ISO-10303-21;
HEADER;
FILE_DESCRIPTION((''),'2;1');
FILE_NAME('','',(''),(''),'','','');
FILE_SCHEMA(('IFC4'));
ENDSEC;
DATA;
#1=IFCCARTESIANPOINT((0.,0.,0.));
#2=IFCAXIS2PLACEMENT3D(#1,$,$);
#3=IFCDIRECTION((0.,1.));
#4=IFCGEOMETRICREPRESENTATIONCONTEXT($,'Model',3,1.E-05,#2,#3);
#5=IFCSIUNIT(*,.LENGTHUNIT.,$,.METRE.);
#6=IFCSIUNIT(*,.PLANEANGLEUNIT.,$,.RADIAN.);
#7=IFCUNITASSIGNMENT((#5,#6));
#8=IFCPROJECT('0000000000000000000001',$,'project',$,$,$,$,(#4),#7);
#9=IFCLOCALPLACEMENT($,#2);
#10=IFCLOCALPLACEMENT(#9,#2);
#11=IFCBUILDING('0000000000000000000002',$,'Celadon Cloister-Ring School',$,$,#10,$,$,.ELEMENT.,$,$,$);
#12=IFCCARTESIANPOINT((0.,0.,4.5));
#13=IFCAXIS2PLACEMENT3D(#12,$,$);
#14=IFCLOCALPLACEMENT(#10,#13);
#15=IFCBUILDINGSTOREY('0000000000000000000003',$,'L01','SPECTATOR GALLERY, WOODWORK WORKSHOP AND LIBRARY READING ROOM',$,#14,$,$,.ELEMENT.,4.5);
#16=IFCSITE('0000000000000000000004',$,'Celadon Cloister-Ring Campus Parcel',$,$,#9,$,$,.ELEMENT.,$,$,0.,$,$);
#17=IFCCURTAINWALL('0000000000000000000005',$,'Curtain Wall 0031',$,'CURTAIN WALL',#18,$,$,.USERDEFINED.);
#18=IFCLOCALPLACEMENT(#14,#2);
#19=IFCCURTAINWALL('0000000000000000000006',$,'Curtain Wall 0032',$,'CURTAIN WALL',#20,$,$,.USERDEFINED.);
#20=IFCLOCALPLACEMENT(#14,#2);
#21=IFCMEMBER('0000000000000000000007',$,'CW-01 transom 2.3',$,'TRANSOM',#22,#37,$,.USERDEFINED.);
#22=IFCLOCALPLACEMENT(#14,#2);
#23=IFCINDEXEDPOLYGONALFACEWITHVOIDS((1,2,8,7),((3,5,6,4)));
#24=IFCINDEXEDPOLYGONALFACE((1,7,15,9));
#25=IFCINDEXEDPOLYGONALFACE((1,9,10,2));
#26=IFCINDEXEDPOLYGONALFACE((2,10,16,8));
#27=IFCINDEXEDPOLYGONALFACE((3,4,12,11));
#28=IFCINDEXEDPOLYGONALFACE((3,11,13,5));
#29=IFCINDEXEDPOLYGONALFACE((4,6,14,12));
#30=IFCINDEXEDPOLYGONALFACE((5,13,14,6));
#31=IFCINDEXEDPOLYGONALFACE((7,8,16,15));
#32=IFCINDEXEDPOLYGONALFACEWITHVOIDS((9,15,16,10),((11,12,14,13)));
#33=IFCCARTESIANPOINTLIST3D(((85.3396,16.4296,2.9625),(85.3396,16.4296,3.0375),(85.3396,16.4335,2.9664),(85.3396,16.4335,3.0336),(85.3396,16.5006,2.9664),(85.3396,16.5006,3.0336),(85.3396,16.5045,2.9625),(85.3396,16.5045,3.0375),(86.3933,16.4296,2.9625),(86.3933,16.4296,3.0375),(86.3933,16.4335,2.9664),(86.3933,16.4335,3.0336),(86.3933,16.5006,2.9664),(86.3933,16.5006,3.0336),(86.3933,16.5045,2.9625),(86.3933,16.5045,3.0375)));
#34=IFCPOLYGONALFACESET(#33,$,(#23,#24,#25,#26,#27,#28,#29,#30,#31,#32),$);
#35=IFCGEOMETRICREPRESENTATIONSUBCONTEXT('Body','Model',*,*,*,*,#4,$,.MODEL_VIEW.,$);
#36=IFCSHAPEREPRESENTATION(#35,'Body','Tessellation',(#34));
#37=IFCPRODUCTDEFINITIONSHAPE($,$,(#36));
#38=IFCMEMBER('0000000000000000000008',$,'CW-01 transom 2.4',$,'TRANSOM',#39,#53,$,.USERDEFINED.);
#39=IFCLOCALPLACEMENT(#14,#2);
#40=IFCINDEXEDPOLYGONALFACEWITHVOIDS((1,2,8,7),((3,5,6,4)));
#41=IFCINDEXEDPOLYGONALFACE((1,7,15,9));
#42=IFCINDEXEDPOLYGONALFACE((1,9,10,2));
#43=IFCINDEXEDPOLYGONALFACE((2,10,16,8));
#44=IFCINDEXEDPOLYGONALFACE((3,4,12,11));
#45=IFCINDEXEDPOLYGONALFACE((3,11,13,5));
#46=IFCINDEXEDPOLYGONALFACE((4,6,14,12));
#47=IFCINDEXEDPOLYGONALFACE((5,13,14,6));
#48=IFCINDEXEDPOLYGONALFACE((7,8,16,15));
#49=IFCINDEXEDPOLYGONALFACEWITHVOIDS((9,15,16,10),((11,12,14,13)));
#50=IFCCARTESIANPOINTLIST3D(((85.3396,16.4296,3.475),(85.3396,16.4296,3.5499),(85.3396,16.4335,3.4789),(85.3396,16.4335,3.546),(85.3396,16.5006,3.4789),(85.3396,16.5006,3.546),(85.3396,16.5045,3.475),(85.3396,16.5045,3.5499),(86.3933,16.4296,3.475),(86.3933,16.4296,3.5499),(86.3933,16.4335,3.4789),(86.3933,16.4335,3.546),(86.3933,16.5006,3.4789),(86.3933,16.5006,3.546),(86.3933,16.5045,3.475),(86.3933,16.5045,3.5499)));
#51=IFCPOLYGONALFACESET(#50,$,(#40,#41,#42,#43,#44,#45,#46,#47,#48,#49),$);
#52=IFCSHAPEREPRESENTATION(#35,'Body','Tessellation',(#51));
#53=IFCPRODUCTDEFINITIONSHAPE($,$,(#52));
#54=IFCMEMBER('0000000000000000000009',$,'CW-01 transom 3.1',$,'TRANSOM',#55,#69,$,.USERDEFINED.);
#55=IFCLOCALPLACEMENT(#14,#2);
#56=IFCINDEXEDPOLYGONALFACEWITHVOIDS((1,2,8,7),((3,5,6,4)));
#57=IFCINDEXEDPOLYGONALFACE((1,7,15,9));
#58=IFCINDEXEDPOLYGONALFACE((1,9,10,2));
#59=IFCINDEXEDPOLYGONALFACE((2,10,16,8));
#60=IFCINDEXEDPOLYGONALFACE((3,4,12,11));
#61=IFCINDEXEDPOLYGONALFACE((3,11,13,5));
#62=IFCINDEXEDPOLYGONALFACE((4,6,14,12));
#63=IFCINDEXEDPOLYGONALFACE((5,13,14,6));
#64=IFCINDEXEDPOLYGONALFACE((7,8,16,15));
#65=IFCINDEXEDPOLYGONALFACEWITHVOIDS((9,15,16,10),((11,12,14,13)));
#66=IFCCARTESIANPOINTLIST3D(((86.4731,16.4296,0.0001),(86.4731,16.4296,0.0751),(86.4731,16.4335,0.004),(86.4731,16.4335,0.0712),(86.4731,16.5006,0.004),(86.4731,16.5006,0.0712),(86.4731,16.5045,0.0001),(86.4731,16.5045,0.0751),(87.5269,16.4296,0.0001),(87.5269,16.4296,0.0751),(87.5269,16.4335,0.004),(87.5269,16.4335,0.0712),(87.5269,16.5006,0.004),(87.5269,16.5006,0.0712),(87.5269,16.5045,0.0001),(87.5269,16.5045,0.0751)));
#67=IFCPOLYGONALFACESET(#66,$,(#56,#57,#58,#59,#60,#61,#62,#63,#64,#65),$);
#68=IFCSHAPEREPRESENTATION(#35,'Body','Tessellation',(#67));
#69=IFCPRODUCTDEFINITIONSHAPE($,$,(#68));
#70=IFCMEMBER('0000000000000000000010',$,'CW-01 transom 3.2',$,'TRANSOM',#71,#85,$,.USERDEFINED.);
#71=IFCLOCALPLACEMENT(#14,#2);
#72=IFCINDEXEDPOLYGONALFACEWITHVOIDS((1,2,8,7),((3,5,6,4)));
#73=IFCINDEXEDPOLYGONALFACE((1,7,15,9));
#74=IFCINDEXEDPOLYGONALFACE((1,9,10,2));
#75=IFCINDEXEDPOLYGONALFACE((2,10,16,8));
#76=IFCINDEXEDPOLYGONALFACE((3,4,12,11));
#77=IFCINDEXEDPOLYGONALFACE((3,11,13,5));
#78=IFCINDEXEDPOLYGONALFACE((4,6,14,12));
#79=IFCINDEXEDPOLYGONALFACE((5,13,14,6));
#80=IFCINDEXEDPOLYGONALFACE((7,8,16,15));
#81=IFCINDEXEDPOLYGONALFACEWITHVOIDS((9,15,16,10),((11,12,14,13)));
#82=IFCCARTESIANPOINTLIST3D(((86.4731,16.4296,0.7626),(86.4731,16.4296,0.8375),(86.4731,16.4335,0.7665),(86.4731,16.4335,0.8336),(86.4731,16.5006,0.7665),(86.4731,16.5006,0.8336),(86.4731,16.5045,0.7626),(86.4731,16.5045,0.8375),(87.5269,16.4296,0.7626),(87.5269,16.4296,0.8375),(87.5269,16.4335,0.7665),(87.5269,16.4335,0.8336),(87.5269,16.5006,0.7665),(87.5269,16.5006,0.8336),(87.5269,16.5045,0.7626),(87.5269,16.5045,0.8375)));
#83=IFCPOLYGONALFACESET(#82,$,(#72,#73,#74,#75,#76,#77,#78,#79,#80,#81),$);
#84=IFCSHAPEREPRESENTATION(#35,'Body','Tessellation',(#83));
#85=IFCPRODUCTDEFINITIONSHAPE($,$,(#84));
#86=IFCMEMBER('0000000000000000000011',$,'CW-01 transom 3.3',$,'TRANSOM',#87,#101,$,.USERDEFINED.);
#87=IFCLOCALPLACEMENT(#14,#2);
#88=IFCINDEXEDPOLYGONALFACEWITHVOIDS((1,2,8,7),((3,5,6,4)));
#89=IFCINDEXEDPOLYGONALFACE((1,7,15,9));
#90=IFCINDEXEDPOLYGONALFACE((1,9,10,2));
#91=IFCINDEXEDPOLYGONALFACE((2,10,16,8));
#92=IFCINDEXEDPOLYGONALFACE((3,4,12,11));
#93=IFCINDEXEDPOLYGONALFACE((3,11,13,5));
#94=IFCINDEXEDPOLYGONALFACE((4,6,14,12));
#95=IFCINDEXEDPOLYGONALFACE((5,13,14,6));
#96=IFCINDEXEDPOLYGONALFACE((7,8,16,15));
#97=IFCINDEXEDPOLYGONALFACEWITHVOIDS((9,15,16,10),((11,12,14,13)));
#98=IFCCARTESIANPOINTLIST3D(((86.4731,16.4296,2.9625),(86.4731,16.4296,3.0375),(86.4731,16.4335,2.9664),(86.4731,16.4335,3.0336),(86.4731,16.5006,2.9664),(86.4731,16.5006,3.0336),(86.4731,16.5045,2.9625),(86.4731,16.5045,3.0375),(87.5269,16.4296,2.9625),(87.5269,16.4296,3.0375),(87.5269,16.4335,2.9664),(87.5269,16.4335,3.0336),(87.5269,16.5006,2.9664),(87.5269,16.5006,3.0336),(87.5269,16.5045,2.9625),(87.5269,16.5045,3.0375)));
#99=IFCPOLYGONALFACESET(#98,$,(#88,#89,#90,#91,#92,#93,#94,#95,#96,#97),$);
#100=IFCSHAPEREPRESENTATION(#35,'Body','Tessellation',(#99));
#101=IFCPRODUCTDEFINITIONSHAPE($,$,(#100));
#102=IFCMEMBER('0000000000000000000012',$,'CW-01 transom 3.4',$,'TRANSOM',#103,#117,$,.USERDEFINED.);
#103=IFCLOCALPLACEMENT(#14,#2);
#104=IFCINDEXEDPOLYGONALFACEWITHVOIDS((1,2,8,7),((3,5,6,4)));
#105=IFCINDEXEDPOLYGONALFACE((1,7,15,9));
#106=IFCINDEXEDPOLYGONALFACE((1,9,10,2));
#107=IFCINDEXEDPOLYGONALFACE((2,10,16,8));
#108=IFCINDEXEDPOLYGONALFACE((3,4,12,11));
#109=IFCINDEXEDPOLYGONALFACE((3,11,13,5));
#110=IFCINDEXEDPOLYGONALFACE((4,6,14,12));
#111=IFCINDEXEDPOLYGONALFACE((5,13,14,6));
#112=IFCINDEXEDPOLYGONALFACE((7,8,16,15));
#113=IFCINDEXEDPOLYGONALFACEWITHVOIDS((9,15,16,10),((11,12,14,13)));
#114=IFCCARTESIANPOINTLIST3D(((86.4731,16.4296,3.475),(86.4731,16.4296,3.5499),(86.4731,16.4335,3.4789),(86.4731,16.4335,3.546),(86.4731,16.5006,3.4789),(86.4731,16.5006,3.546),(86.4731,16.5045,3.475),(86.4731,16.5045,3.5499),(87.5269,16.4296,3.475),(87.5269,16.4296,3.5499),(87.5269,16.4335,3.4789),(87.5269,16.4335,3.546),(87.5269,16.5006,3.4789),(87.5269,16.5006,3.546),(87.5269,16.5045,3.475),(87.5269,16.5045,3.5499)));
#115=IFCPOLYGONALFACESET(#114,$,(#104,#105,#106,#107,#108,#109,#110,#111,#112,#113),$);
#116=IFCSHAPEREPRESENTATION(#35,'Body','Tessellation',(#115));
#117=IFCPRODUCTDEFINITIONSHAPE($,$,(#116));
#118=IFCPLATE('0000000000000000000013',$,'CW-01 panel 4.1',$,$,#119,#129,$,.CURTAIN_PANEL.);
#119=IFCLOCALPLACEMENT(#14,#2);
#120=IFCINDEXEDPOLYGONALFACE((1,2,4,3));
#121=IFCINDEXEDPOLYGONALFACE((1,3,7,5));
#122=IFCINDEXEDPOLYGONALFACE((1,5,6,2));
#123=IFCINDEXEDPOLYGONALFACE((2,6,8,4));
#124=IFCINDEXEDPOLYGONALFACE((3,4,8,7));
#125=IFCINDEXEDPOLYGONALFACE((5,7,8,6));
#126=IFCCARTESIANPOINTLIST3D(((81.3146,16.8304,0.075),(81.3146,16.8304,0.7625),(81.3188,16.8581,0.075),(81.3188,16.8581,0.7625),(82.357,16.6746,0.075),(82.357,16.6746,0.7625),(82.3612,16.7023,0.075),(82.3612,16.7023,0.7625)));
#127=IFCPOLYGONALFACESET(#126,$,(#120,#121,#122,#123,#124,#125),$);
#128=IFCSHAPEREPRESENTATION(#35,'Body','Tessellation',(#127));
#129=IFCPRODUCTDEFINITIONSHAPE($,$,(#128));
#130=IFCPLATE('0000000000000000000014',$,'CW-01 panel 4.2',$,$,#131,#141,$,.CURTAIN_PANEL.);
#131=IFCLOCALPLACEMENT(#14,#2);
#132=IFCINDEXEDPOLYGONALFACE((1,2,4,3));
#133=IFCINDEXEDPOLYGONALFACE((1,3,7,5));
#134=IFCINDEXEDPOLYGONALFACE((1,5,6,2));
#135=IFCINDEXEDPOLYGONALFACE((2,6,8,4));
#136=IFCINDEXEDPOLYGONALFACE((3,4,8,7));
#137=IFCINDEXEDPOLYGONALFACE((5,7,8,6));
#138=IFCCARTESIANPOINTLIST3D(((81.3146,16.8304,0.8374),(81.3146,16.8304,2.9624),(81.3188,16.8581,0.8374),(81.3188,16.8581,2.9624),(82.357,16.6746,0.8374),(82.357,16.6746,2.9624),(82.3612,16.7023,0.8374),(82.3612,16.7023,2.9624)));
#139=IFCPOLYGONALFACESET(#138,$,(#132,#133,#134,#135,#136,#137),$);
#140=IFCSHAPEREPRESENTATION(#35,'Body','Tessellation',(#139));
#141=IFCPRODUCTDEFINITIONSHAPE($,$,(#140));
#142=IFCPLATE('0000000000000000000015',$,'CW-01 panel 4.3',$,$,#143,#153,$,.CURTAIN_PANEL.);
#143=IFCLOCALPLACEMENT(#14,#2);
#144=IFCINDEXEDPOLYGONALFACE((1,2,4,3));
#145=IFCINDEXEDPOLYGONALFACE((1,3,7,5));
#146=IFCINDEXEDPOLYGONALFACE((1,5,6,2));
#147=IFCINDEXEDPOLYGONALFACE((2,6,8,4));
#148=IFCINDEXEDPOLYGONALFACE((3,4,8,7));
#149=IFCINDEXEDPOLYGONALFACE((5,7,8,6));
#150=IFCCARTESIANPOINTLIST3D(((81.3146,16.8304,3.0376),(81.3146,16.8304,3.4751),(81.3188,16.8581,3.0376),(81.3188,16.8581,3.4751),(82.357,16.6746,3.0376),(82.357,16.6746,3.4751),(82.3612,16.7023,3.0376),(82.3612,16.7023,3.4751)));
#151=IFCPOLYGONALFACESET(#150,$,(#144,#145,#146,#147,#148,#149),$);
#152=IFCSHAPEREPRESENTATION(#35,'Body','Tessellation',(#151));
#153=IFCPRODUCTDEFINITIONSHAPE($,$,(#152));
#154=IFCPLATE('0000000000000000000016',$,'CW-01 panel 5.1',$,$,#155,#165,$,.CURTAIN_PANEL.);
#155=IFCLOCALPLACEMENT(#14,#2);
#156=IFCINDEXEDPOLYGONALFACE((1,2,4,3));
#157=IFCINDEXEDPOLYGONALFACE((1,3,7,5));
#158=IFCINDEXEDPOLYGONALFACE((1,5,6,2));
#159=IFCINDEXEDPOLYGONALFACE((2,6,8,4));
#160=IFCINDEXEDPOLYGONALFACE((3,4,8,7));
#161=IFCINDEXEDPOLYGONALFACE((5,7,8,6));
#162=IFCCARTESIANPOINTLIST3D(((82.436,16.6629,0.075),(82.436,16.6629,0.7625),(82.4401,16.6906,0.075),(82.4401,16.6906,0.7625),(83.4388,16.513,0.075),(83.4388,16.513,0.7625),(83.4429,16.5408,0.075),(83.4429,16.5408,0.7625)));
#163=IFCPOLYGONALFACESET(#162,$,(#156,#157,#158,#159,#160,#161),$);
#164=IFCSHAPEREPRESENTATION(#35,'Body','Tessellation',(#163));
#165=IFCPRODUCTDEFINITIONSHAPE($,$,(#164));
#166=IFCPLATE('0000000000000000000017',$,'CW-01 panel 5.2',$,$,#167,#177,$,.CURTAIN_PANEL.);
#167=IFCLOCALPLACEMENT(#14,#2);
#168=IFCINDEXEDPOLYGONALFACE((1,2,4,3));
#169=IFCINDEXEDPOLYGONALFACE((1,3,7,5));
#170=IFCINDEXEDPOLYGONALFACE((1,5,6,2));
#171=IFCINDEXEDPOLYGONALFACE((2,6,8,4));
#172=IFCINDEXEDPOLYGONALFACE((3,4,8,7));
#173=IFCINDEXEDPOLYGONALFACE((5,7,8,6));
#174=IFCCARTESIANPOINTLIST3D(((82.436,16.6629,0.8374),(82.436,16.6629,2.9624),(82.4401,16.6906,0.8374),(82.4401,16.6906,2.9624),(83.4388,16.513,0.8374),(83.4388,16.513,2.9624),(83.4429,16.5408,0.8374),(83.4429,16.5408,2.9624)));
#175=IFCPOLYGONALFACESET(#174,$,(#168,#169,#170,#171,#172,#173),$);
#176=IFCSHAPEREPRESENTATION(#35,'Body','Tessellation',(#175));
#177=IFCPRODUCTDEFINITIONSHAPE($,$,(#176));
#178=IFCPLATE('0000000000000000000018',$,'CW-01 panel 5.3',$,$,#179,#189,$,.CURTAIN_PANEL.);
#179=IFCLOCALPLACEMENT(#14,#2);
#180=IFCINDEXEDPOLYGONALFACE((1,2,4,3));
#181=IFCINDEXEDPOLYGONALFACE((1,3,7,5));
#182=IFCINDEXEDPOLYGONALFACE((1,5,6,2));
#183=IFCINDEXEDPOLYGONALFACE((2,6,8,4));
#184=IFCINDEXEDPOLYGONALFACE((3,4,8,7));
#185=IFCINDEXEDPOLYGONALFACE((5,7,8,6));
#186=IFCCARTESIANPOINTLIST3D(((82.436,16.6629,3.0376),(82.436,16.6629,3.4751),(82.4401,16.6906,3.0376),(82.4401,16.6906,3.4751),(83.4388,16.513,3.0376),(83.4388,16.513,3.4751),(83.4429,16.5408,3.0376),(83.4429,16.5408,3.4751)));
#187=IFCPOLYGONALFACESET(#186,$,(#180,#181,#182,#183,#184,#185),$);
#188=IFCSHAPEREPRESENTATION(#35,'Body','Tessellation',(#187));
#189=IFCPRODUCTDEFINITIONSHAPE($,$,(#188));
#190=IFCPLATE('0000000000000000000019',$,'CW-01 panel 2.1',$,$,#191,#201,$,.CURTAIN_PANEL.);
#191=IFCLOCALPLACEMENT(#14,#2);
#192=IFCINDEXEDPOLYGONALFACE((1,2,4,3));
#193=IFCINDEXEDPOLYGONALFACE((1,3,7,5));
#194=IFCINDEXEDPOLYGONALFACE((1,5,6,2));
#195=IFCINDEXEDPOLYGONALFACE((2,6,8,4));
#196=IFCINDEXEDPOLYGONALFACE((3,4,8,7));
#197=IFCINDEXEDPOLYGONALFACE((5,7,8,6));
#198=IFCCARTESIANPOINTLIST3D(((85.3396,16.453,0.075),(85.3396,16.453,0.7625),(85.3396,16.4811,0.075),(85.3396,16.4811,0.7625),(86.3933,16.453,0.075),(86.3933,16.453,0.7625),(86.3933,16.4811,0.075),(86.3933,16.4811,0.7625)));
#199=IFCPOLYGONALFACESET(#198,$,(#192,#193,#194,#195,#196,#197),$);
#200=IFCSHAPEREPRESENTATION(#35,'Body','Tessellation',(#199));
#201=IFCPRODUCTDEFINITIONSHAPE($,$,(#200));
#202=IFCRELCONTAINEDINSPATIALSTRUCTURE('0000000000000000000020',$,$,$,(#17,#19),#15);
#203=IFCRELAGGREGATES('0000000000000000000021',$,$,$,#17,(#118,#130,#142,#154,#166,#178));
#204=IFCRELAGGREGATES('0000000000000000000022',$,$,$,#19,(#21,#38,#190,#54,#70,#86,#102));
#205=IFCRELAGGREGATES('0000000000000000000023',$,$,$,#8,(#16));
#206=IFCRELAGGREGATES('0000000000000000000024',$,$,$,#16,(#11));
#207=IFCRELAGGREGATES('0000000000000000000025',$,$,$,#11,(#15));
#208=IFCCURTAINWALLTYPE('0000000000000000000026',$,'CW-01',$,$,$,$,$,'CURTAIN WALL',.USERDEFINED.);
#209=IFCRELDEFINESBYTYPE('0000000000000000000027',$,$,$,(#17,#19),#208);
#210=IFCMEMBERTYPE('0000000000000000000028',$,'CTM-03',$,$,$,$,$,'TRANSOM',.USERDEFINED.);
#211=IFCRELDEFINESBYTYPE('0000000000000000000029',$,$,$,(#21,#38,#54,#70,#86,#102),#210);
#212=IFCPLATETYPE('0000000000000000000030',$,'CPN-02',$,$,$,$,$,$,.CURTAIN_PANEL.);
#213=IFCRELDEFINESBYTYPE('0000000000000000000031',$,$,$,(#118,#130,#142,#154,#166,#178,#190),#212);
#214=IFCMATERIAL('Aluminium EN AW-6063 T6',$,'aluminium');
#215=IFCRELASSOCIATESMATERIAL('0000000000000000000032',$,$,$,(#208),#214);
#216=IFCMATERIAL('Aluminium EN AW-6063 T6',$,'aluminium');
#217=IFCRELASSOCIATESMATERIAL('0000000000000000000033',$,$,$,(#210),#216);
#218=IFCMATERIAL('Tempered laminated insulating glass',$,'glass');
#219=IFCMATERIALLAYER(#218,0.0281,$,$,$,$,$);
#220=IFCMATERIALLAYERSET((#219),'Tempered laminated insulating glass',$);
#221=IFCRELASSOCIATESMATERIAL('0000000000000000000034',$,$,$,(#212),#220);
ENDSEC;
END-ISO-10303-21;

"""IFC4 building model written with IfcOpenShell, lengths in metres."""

from ifc_helpers import new_model, si_unit, direction, frame, origin, origin_2d, place, context, subcontext, project, spatial, rectangle, hollow_rectangle, extrude, material, layer, layer_set, material_profile, profile_set, type_object, element, aggregate, save


model = new_model("IFC4")

# Units and contexts
model_context = context("Model", 3, precision=1e-05, world=origin(), true_north=direction((0.0, 1.0)))
body_context = subcontext(model_context, "Body", "Model", "MODEL_VIEW")
ifc_project = project(units=[si_unit("LENGTHUNIT", "METRE"), si_unit("PLANEANGLEUNIT", "RADIAN")], contexts=[model_context])

# Site, building, storey
site_placement = place(None, origin())
site = spatial("IfcSite", under=ifc_project, at=site_placement, Name="Celadon Cloister-Ring Campus Parcel", CompositionType="ELEMENT", RefElevation=0.0)
building_placement = place(site_placement, origin())
building = spatial("IfcBuilding", under=site, at=building_placement, Name="Celadon Cloister-Ring School", CompositionType="ELEMENT")
storey_placement = place(building_placement, frame((0.0, 0.0, 4.5)))
storey = spatial("IfcBuildingStorey", under=building, at=storey_placement, Name="L01", Description="SPECTATOR GALLERY, WOODWORK WORKSHOP AND LIBRARY READING ROOM", CompositionType="ELEMENT", Elevation=4.5)

# Curtain wall
ifc_material_1 = material(Name="Aluminium EN AW-6063 T6", Category="aluminium")
curtain_wall_type = type_object("IfcCurtainWallType", Name="CW-01", ElementType="CURTAIN WALL", PredefinedType="USERDEFINED", material=ifc_material_1)
curtain_wall_1_placement = place(storey_placement, origin())
curtain_wall_1 = element("IfcCurtainWall", 1, at=curtain_wall_1_placement, inside=storey, type_object=curtain_wall_type, Name="Curtain Wall 0031", ObjectType="CURTAIN WALL", PredefinedType="USERDEFINED")

# Curtain wall
curtain_wall_2_placement = place(storey_placement, origin())
curtain_wall_2 = element("IfcCurtainWall", 2, at=curtain_wall_2_placement, inside=storey, type_object=curtain_wall_type, Name="Curtain Wall 0032", ObjectType="CURTAIN WALL", PredefinedType="USERDEFINED")

# Members
ifc_material_2 = material(Name="Aluminium EN AW-6063 T6", Category="aluminium")
ifc_material_profile_1 = material_profile(ifc_material_2, hollow_rectangle(XDim=0.075, YDim=0.075, WallThickness=0.0039, at=origin_2d()), Name="RHS75X75X4")
ifc_profile_set_1 = profile_set([ifc_material_profile_1], Name="Aluminium EN AW-6063 T6")
member_type_1 = type_object("IfcMemberType", Name="CTM-03", ElementType="TRANSOM", PredefinedType="USERDEFINED", material=ifc_profile_set_1)
member_1_placement = place(storey_placement, frame((85.3396, 16.467, 3.0), z_axis=(1.0, 0.0, 0.0), x_axis=(0.0, 1.0, 0.0)))
member_1 = element("IfcMember", 3, at=member_1_placement, type_object=member_type_1, Name="CW-01 transom 2.3", ObjectType="TRANSOM", PredefinedType="USERDEFINED", context=body_context, shape_type="SweptSolid", body=[
    extrude(hollow_rectangle(XDim=0.075, YDim=0.075, WallThickness=0.0039, at=origin_2d()), origin(), (0.0, 0.0, 1.0), 1.0537),
])
member_2_placement = place(storey_placement, frame((85.3396, 16.467, 3.5125), z_axis=(1.0, 0.0, 0.0), x_axis=(0.0, 1.0, 0.0)))
member_2 = element("IfcMember", 4, at=member_2_placement, type_object=member_type_1, Name="CW-01 transom 2.4", ObjectType="TRANSOM", PredefinedType="USERDEFINED", context=body_context, shape_type="SweptSolid", body=[
    extrude(hollow_rectangle(XDim=0.075, YDim=0.075, WallThickness=0.0039, at=origin_2d()), origin(), (0.0, 0.0, 1.0), 1.0537),
])
member_3_placement = place(storey_placement, frame((86.4731, 16.467, 0.0376), z_axis=(1.0, 0.0, 0.0), x_axis=(0.0, 1.0, 0.0)))
member_3 = element("IfcMember", 5, at=member_3_placement, type_object=member_type_1, Name="CW-01 transom 3.1", ObjectType="TRANSOM", PredefinedType="USERDEFINED", context=body_context, shape_type="SweptSolid", body=[
    extrude(hollow_rectangle(XDim=0.075, YDim=0.075, WallThickness=0.0039, at=origin_2d()), origin(), (0.0, 0.0, 1.0), 1.0537),
])
member_4_placement = place(storey_placement, frame((86.4731, 16.467, 0.8), z_axis=(1.0, 0.0, 0.0), x_axis=(0.0, 1.0, 0.0)))
member_4 = element("IfcMember", 6, at=member_4_placement, type_object=member_type_1, Name="CW-01 transom 3.2", ObjectType="TRANSOM", PredefinedType="USERDEFINED", context=body_context, shape_type="SweptSolid", body=[
    extrude(hollow_rectangle(XDim=0.075, YDim=0.075, WallThickness=0.0039, at=origin_2d()), origin(), (0.0, 0.0, 1.0), 1.0537),
])
member_5_placement = place(storey_placement, frame((86.4731, 16.467, 3.0), z_axis=(1.0, 0.0, 0.0), x_axis=(0.0, 1.0, 0.0)))
member_5 = element("IfcMember", 7, at=member_5_placement, type_object=member_type_1, Name="CW-01 transom 3.3", ObjectType="TRANSOM", PredefinedType="USERDEFINED", context=body_context, shape_type="SweptSolid", body=[
    extrude(hollow_rectangle(XDim=0.075, YDim=0.075, WallThickness=0.0039, at=origin_2d()), origin(), (0.0, 0.0, 1.0), 1.0537),
])
member_6_placement = place(storey_placement, frame((86.4731, 16.467, 3.5125), z_axis=(1.0, 0.0, 0.0), x_axis=(0.0, 1.0, 0.0)))
member_6 = element("IfcMember", 8, at=member_6_placement, type_object=member_type_1, Name="CW-01 transom 3.4", ObjectType="TRANSOM", PredefinedType="USERDEFINED", context=body_context, shape_type="SweptSolid", body=[
    extrude(hollow_rectangle(XDim=0.075, YDim=0.075, WallThickness=0.0039, at=origin_2d()), origin(), (0.0, 0.0, 1.0), 1.0537),
])

# Plates
ifc_material_3 = material(Name="Tempered laminated insulating glass", Category="glass")
ifc_layer = layer(ifc_material_3, 0.0281)
ifc_layer_set = layer_set([ifc_layer], Name="Tempered laminated insulating glass")
plate_type = type_object("IfcPlateType", Name="CPN-02", PredefinedType="CURTAIN_PANEL", material=ifc_layer_set)
plate_1_placement = place(storey_placement, frame((81.8379, 16.7664, 0.075), z_axis=(0.0, 0.0, 1.0), x_axis=(0.989015, -0.147814, 0.0)))
plate_1 = element("IfcPlate", 9, at=plate_1_placement, type_object=plate_type, Name="CW-01 panel 4.1", PredefinedType="CURTAIN_PANEL", context=body_context, shape_type="SweptSolid", body=[
    extrude(rectangle(XDim=1.054, YDim=0.0281, at=origin_2d()), origin(), (0.0, 0.0, 1.0), 0.6875),
])
plate_2_placement = place(storey_placement, frame((81.8379, 16.7664, 0.8374), z_axis=(0.0, 0.0, 1.0), x_axis=(0.989015, -0.147814, 0.0)))
plate_2 = element("IfcPlate", 10, at=plate_2_placement, type_object=plate_type, Name="CW-01 panel 4.2", PredefinedType="CURTAIN_PANEL", context=body_context, shape_type="SweptSolid", body=[
    extrude(rectangle(XDim=1.054, YDim=0.0281, at=origin_2d()), origin(), (0.0, 0.0, 1.0), 2.125),
])
plate_3_placement = place(storey_placement, frame((81.8379, 16.7664, 3.0376), z_axis=(0.0, 0.0, 1.0), x_axis=(0.989015, -0.147814, 0.0)))
plate_3 = element("IfcPlate", 11, at=plate_3_placement, type_object=plate_type, Name="CW-01 panel 4.3", PredefinedType="CURTAIN_PANEL", context=body_context, shape_type="SweptSolid", body=[
    extrude(rectangle(XDim=1.054, YDim=0.0281, at=origin_2d()), origin(), (0.0, 0.0, 1.0), 0.4375),
])
plate_4_placement = place(storey_placement, frame((82.9395, 16.6018, 0.075), z_axis=(0.0, 0.0, 1.0), x_axis=(0.989015, -0.147814, 0.0)))
plate_4 = element("IfcPlate", 12, at=plate_4_placement, type_object=plate_type, Name="CW-01 panel 5.1", PredefinedType="CURTAIN_PANEL", context=body_context, shape_type="SweptSolid", body=[
    extrude(rectangle(XDim=1.0139, YDim=0.0281, at=origin_2d()), origin(), (0.0, 0.0, 1.0), 0.6875),
])
plate_5_placement = place(storey_placement, frame((82.9395, 16.6018, 0.8374), z_axis=(0.0, 0.0, 1.0), x_axis=(0.989015, -0.147814, 0.0)))
plate_5 = element("IfcPlate", 13, at=plate_5_placement, type_object=plate_type, Name="CW-01 panel 5.2", PredefinedType="CURTAIN_PANEL", context=body_context, shape_type="SweptSolid", body=[
    extrude(rectangle(XDim=1.0139, YDim=0.0281, at=origin_2d()), origin(), (0.0, 0.0, 1.0), 2.125),
])
plate_6_placement = place(storey_placement, frame((82.9395, 16.6018, 3.0376), z_axis=(0.0, 0.0, 1.0), x_axis=(0.989015, -0.147814, 0.0)))
plate_6 = element("IfcPlate", 14, at=plate_6_placement, type_object=plate_type, Name="CW-01 panel 5.3", PredefinedType="CURTAIN_PANEL", context=body_context, shape_type="SweptSolid", body=[
    extrude(rectangle(XDim=1.0139, YDim=0.0281, at=origin_2d()), origin(), (0.0, 0.0, 1.0), 0.4375),
])
aggregate(curtain_wall_1, [plate_1, plate_2, plate_3, plate_4, plate_5, plate_6])
plate_7_placement = place(storey_placement, frame((85.8665, 16.467, 0.075), z_axis=(0.0, 0.0, 1.0), x_axis=(1.0, 0.0, 0.0)))
plate_7 = element("IfcPlate", 15, at=plate_7_placement, type_object=plate_type, Name="CW-01 panel 2.1", PredefinedType="CURTAIN_PANEL", context=body_context, shape_type="SweptSolid", body=[
    extrude(rectangle(XDim=1.0537, YDim=0.0281, at=origin_2d()), origin(), (0.0, 0.0, 1.0), 0.6875),
])
aggregate(curtain_wall_2, [member_1, member_2, plate_7, member_3, member_4, member_5, member_6])

save(model, "model.ifc")
